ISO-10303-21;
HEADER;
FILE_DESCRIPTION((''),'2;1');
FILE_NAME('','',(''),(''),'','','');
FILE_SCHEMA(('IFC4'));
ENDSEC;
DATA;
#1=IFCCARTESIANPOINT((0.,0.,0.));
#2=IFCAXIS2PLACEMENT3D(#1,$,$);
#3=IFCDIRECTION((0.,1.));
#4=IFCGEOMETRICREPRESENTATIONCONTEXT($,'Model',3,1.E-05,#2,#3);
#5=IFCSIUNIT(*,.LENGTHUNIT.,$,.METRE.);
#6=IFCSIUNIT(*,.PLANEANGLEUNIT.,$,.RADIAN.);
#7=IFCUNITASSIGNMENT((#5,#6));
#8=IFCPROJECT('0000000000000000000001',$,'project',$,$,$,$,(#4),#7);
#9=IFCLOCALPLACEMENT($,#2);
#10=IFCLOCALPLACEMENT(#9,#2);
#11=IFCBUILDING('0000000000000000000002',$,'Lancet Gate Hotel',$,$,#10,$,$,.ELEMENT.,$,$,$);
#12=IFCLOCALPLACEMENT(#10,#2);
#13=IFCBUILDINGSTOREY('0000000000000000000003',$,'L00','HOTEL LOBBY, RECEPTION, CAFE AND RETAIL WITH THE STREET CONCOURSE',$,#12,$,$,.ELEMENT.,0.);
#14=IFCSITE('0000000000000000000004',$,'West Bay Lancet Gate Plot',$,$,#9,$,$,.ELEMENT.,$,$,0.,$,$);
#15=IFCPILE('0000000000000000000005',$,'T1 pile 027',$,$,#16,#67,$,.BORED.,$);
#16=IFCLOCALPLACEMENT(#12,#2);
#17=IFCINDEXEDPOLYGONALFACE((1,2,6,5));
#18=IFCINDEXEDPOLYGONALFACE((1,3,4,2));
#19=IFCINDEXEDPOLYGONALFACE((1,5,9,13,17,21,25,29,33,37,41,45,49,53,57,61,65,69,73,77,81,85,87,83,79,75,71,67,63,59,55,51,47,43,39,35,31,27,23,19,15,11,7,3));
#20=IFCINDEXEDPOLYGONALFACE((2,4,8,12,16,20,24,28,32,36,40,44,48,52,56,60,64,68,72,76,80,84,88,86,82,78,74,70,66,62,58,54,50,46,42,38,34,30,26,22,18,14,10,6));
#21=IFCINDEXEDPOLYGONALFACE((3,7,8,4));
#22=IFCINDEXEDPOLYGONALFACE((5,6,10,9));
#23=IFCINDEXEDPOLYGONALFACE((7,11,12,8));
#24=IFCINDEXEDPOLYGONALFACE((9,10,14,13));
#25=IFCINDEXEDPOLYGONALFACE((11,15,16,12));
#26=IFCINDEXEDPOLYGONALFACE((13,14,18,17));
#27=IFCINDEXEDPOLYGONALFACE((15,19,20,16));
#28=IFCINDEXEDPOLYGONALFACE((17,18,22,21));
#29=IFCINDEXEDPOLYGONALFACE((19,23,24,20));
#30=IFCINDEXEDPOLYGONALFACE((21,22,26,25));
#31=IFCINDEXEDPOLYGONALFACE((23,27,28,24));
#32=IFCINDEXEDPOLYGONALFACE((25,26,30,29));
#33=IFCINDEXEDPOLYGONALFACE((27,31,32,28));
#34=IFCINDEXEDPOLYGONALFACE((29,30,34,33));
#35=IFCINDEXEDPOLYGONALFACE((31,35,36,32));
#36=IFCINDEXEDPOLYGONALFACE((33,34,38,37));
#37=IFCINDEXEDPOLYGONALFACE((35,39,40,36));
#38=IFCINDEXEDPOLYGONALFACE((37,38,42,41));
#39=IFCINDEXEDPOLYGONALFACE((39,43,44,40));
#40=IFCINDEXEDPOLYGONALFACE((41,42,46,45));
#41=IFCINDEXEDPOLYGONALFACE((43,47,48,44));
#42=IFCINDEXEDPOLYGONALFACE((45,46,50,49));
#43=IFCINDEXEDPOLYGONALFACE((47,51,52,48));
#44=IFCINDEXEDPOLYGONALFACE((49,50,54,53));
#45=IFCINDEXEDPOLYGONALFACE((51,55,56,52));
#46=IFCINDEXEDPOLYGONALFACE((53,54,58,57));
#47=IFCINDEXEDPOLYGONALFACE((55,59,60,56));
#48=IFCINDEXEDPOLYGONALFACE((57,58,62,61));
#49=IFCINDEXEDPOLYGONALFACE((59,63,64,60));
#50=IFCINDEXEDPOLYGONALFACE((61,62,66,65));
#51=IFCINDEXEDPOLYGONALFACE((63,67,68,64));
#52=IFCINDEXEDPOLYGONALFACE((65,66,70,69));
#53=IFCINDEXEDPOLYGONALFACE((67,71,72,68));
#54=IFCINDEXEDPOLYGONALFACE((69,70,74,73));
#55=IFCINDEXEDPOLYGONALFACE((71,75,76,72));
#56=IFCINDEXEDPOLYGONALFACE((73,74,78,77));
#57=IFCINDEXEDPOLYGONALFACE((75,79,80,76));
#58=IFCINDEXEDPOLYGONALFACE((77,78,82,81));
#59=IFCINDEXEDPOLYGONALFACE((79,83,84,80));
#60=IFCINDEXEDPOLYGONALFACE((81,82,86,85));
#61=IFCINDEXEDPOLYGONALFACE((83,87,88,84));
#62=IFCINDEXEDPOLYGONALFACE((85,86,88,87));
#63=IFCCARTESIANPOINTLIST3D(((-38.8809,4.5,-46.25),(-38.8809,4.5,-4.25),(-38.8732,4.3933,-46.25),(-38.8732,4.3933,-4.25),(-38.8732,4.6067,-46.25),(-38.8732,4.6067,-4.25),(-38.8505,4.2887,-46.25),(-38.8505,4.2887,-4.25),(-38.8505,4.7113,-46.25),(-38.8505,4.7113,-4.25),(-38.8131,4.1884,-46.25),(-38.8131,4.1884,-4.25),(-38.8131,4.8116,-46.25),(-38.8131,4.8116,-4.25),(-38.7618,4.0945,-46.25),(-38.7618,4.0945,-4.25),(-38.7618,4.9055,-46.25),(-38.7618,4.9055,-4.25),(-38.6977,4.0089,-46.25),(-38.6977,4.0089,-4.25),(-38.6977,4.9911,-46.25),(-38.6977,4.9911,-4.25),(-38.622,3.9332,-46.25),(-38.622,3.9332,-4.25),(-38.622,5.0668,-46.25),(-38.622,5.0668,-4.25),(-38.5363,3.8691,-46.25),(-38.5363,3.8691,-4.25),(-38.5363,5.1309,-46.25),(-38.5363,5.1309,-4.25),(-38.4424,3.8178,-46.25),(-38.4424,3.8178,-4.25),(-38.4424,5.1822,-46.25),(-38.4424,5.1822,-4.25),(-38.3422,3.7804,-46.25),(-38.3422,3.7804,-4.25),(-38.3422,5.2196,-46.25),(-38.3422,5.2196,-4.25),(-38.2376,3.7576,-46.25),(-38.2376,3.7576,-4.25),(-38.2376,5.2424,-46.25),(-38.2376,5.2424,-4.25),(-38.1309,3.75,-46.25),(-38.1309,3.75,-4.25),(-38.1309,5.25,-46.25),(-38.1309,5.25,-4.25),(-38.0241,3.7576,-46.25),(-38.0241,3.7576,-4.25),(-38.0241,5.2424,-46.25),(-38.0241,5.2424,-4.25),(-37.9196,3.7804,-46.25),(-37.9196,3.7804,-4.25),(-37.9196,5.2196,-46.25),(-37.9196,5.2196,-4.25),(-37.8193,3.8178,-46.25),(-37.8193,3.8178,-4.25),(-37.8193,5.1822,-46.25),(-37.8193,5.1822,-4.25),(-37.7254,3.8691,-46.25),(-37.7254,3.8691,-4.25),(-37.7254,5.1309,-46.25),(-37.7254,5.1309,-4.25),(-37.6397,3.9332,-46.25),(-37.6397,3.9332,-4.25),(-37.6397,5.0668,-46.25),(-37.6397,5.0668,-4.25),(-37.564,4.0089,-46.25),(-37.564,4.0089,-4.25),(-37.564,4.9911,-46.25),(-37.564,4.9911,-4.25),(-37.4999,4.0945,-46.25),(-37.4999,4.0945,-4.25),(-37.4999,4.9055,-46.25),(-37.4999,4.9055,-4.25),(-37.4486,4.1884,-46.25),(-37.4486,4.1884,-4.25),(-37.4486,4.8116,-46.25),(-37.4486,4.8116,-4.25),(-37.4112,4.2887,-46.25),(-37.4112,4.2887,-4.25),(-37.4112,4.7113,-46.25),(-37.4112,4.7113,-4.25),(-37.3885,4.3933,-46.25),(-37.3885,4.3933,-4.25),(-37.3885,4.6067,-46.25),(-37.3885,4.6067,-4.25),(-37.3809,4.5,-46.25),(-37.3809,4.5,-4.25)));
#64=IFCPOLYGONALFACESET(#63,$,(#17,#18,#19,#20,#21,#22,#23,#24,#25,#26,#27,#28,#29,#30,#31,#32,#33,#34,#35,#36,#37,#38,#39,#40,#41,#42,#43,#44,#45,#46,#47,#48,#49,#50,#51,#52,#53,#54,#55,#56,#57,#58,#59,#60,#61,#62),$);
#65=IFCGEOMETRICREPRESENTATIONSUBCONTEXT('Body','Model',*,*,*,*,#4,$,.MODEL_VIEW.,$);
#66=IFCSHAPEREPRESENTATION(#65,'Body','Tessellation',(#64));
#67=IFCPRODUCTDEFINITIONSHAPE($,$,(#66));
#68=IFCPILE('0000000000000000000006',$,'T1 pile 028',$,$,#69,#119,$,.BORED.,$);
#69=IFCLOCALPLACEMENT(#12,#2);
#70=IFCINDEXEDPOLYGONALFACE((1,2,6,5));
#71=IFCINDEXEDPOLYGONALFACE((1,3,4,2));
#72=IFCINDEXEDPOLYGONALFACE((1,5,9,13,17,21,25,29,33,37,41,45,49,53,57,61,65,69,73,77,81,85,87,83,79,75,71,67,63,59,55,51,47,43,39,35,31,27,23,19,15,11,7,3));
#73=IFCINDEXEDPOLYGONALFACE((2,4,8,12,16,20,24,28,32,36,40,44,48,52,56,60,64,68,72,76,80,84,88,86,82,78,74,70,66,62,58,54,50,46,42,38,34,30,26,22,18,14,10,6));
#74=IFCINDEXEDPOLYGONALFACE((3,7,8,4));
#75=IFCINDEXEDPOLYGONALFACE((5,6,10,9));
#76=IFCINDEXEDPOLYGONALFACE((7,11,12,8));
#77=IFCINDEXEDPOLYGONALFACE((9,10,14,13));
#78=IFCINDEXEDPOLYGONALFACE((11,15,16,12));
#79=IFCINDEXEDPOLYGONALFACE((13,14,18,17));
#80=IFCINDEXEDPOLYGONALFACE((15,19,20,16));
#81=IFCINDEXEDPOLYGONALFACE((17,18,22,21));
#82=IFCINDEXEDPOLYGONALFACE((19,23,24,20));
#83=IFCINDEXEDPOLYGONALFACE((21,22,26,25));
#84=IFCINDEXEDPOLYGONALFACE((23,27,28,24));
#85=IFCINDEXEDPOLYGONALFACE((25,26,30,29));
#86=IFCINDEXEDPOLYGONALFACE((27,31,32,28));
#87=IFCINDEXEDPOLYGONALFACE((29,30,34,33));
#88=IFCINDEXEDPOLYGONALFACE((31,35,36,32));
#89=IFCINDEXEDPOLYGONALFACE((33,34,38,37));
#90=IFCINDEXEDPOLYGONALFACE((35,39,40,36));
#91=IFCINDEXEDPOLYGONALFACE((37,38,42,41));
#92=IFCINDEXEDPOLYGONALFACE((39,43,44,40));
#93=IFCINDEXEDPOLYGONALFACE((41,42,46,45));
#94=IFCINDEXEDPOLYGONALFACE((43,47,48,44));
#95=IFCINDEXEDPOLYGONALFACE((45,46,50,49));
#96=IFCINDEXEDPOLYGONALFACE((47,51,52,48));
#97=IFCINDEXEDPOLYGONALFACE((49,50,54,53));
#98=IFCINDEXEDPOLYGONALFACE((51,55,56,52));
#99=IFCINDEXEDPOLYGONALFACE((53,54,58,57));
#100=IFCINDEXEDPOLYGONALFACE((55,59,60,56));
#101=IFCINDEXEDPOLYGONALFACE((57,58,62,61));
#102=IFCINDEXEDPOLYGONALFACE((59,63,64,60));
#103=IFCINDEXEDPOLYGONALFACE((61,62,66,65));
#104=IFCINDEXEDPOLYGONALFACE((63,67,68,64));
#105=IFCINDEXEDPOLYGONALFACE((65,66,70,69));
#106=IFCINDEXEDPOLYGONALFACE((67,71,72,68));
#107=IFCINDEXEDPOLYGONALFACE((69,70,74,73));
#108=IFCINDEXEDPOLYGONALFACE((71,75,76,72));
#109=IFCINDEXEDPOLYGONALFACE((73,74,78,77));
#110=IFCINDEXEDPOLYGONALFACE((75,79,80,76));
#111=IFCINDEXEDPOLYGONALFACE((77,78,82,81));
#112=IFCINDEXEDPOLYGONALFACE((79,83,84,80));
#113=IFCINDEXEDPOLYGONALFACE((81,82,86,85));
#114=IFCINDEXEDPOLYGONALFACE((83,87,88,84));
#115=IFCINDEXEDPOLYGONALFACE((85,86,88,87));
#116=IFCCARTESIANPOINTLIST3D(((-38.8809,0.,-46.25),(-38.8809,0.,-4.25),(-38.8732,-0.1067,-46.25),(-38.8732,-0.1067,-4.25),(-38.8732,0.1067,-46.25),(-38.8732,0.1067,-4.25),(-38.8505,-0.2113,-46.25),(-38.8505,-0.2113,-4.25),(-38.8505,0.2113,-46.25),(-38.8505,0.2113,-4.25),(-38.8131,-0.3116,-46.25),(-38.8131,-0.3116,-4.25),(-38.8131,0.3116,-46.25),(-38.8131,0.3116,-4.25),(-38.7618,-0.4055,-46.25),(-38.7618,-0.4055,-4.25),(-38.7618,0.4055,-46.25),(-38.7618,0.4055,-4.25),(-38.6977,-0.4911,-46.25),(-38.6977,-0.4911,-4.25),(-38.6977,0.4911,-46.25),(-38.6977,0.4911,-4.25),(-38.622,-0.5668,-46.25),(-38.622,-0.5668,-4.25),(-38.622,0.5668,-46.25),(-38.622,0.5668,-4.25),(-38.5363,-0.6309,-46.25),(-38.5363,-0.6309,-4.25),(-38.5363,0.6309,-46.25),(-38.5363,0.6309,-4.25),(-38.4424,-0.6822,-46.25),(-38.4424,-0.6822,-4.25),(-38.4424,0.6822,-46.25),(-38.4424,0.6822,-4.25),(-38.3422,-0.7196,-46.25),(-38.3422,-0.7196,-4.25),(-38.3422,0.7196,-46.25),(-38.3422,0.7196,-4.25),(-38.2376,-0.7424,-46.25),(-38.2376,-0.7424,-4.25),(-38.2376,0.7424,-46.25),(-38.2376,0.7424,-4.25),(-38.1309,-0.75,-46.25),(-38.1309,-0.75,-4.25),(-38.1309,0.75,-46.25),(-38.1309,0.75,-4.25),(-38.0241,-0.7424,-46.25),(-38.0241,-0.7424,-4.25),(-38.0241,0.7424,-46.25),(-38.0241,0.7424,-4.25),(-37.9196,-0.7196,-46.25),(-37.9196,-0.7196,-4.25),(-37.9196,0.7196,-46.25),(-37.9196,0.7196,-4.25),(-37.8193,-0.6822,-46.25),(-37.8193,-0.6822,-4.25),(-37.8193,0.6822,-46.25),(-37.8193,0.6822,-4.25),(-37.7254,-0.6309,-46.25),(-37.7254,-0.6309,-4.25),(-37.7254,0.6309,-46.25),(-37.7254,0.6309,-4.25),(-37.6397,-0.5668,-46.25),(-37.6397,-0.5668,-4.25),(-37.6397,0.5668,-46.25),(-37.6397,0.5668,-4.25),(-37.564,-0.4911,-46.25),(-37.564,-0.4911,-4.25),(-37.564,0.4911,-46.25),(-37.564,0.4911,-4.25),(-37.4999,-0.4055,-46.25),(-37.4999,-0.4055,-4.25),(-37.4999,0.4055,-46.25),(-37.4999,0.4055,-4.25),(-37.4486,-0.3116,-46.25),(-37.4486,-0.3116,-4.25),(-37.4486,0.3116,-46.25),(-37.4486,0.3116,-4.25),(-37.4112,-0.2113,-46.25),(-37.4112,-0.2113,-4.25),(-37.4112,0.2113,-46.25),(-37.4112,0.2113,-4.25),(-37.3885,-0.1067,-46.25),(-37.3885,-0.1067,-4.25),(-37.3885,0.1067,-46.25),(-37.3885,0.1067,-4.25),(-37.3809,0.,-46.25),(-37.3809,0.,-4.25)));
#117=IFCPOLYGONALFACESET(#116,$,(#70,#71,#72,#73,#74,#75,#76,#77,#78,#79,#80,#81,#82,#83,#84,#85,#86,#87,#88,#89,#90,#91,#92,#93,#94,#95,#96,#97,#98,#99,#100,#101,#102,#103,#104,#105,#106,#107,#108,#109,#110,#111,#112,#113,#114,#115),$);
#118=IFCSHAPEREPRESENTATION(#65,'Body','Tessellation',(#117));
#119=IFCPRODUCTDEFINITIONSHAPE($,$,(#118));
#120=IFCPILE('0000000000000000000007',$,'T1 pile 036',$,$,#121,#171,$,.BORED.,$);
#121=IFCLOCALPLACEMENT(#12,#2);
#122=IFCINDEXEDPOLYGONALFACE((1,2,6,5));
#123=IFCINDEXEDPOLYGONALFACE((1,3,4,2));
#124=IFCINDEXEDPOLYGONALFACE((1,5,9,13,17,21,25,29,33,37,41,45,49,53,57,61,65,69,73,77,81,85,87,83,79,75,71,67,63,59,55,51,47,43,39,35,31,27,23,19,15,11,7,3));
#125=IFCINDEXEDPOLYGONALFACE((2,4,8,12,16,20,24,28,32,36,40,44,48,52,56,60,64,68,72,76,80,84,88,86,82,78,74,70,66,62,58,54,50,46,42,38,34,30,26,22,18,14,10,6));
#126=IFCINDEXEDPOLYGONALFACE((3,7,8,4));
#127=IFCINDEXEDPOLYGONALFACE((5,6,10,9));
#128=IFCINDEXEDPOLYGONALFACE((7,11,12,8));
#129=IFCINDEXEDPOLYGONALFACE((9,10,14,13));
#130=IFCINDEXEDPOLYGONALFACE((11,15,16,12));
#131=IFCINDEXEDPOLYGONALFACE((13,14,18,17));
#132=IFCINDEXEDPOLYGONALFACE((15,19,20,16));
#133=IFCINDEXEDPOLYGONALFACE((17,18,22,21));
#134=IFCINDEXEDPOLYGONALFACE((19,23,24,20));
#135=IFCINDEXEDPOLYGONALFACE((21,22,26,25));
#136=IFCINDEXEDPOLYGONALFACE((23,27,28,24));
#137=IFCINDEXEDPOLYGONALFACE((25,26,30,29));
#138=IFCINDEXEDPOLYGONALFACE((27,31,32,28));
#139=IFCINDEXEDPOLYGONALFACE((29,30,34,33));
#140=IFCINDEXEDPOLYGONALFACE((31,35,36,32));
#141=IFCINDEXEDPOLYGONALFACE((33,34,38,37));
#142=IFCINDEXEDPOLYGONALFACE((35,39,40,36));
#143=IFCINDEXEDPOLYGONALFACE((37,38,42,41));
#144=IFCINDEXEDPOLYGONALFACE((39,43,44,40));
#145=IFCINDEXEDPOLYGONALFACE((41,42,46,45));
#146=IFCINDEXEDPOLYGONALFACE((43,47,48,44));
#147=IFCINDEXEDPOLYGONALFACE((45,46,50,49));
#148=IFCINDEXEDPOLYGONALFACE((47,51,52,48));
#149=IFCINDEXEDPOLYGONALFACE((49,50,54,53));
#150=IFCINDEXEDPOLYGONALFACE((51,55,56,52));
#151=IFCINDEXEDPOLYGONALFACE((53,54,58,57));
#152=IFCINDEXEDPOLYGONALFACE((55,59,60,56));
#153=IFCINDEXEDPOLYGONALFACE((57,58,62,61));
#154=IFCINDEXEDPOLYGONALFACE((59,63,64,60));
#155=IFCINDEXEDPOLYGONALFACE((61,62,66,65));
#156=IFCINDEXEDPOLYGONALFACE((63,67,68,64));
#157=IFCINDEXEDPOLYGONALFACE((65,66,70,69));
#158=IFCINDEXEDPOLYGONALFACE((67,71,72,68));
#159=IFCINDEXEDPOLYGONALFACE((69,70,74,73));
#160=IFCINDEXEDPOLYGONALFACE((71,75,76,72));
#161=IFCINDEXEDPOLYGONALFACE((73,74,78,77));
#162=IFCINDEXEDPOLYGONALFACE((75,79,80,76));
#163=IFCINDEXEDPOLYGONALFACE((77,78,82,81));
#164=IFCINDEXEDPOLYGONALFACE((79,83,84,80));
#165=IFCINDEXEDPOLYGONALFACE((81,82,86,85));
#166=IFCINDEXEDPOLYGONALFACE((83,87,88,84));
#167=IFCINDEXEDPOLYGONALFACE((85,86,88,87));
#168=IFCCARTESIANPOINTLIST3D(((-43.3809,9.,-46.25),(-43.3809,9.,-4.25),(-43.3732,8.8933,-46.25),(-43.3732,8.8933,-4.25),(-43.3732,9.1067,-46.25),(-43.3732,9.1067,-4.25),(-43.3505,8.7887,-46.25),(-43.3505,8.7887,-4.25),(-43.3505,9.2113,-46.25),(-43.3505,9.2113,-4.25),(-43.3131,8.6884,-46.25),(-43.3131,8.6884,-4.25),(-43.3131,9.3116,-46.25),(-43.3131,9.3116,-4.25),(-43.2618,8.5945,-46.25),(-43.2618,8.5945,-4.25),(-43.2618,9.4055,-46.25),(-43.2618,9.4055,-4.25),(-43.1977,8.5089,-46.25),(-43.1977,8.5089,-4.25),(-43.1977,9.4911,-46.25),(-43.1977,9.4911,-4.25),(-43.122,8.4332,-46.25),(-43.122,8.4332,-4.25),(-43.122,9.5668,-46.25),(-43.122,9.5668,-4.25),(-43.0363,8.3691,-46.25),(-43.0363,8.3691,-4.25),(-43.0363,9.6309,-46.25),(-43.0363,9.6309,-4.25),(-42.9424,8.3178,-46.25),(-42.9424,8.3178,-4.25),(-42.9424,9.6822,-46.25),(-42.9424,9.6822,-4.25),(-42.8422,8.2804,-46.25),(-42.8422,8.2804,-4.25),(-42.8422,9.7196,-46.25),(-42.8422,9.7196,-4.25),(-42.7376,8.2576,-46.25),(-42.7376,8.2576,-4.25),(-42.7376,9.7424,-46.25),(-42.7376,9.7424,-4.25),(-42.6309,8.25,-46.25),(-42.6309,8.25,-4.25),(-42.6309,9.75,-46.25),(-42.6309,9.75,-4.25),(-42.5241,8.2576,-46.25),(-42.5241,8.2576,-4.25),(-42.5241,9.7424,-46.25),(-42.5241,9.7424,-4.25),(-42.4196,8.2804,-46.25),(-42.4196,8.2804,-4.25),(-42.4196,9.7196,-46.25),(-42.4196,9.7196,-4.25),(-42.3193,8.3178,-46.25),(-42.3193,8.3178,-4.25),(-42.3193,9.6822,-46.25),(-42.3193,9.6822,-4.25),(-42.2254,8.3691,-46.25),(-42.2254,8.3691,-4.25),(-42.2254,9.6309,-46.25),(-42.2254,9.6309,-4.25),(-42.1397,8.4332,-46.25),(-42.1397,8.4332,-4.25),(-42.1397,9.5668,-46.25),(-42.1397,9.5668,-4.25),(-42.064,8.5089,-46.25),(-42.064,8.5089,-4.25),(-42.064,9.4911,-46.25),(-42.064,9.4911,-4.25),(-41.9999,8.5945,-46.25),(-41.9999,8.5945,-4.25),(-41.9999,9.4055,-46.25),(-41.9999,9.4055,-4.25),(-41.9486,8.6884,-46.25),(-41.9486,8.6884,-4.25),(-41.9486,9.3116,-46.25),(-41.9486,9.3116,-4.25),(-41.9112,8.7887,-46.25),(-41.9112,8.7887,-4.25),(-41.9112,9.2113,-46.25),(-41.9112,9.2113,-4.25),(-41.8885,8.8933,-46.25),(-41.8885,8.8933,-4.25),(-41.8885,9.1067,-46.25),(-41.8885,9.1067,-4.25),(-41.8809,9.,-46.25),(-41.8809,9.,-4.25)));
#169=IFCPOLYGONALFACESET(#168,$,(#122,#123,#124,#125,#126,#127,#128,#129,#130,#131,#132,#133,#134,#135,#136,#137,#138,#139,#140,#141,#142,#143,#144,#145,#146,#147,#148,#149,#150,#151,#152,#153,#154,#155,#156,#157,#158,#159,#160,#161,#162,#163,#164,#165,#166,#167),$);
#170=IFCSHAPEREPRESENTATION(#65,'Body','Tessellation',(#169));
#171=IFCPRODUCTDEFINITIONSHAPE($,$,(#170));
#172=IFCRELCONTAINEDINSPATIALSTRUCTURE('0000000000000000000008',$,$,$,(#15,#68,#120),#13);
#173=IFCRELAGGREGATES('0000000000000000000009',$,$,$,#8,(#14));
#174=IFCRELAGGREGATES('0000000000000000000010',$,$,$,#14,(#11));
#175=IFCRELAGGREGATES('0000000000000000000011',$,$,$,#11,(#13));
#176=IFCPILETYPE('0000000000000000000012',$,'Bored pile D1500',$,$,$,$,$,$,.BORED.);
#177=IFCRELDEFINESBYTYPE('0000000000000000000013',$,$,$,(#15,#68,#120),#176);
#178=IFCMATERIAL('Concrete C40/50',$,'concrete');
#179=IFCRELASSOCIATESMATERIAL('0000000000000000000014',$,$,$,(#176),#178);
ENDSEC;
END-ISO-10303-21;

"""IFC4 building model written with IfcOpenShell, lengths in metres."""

from ifc_helpers import new_model, si_unit, direction, frame, origin, origin_2d, place, context, subcontext, project, spatial, circle, extrude, material, material_profile, profile_set, type_object, element, save


model = new_model("IFC4")

# Units and contexts
model_context = context("Model", 3, precision=1e-05, world=origin(), true_north=direction((0.0, 1.0)))
body_context = subcontext(model_context, "Body", "Model", "MODEL_VIEW")
ifc_project = project(units=[si_unit("LENGTHUNIT", "METRE"), si_unit("PLANEANGLEUNIT", "RADIAN")], contexts=[model_context])

# Site, building, storey
site_placement = place(None, origin())
site = spatial("IfcSite", under=ifc_project, at=site_placement, Name="West Bay Lancet Gate Plot", CompositionType="ELEMENT", RefElevation=0.0)
building_placement = place(site_placement, origin())
building = spatial("IfcBuilding", under=site, at=building_placement, Name="Lancet Gate Hotel", CompositionType="ELEMENT")
storey_placement = place(building_placement, origin())
storey = spatial("IfcBuildingStorey", under=building, at=storey_placement, Name="L00", Description="HOTEL LOBBY, RECEPTION, CAFE AND RETAIL WITH THE STREET CONCOURSE", CompositionType="ELEMENT", Elevation=0.0)

# Piles
ifc_material_1 = material(Name="Concrete C40/50", Category="concrete")
ifc_material_profile = material_profile(ifc_material_1, circle(Radius=0.75, at=origin_2d()), Name="PILE D1500")
ifc_profile_set = profile_set([ifc_material_profile], Name="Concrete C40/50")
pile_type = type_object("IfcPileType", Name="Bored pile D1500", PredefinedType="BORED", material=ifc_profile_set)
for number, where, z_axis, x_axis, name in (
    (1, (-38.1309, 4.5, -4.25), (0.0, 0.0, -1.0), (1.0, 0.0, 0.0), "T1 pile 027"),
    (2, (-38.1309, 0.0, -4.25), (0.0, 0.0, -1.0), (1.0, 0.0, 0.0), "T1 pile 028"),
    (3, (-42.6309, 9.0, -4.25), (0.0, 0.0, -1.0), (1.0, 0.0, 0.0), "T1 pile 036"),
):
    element("IfcPile", number, at=place(storey_placement, frame(where, z_axis=z_axis, x_axis=x_axis)), inside=storey, type_object=pile_type, Name=name, PredefinedType="BORED", context=body_context, shape_type="SweptSolid", body=[
        extrude(circle(Radius=0.75, at=origin_2d()), origin(), (0.0, 0.0, 1.0), 42.0),
    ])

save(model, "model.ifc")
